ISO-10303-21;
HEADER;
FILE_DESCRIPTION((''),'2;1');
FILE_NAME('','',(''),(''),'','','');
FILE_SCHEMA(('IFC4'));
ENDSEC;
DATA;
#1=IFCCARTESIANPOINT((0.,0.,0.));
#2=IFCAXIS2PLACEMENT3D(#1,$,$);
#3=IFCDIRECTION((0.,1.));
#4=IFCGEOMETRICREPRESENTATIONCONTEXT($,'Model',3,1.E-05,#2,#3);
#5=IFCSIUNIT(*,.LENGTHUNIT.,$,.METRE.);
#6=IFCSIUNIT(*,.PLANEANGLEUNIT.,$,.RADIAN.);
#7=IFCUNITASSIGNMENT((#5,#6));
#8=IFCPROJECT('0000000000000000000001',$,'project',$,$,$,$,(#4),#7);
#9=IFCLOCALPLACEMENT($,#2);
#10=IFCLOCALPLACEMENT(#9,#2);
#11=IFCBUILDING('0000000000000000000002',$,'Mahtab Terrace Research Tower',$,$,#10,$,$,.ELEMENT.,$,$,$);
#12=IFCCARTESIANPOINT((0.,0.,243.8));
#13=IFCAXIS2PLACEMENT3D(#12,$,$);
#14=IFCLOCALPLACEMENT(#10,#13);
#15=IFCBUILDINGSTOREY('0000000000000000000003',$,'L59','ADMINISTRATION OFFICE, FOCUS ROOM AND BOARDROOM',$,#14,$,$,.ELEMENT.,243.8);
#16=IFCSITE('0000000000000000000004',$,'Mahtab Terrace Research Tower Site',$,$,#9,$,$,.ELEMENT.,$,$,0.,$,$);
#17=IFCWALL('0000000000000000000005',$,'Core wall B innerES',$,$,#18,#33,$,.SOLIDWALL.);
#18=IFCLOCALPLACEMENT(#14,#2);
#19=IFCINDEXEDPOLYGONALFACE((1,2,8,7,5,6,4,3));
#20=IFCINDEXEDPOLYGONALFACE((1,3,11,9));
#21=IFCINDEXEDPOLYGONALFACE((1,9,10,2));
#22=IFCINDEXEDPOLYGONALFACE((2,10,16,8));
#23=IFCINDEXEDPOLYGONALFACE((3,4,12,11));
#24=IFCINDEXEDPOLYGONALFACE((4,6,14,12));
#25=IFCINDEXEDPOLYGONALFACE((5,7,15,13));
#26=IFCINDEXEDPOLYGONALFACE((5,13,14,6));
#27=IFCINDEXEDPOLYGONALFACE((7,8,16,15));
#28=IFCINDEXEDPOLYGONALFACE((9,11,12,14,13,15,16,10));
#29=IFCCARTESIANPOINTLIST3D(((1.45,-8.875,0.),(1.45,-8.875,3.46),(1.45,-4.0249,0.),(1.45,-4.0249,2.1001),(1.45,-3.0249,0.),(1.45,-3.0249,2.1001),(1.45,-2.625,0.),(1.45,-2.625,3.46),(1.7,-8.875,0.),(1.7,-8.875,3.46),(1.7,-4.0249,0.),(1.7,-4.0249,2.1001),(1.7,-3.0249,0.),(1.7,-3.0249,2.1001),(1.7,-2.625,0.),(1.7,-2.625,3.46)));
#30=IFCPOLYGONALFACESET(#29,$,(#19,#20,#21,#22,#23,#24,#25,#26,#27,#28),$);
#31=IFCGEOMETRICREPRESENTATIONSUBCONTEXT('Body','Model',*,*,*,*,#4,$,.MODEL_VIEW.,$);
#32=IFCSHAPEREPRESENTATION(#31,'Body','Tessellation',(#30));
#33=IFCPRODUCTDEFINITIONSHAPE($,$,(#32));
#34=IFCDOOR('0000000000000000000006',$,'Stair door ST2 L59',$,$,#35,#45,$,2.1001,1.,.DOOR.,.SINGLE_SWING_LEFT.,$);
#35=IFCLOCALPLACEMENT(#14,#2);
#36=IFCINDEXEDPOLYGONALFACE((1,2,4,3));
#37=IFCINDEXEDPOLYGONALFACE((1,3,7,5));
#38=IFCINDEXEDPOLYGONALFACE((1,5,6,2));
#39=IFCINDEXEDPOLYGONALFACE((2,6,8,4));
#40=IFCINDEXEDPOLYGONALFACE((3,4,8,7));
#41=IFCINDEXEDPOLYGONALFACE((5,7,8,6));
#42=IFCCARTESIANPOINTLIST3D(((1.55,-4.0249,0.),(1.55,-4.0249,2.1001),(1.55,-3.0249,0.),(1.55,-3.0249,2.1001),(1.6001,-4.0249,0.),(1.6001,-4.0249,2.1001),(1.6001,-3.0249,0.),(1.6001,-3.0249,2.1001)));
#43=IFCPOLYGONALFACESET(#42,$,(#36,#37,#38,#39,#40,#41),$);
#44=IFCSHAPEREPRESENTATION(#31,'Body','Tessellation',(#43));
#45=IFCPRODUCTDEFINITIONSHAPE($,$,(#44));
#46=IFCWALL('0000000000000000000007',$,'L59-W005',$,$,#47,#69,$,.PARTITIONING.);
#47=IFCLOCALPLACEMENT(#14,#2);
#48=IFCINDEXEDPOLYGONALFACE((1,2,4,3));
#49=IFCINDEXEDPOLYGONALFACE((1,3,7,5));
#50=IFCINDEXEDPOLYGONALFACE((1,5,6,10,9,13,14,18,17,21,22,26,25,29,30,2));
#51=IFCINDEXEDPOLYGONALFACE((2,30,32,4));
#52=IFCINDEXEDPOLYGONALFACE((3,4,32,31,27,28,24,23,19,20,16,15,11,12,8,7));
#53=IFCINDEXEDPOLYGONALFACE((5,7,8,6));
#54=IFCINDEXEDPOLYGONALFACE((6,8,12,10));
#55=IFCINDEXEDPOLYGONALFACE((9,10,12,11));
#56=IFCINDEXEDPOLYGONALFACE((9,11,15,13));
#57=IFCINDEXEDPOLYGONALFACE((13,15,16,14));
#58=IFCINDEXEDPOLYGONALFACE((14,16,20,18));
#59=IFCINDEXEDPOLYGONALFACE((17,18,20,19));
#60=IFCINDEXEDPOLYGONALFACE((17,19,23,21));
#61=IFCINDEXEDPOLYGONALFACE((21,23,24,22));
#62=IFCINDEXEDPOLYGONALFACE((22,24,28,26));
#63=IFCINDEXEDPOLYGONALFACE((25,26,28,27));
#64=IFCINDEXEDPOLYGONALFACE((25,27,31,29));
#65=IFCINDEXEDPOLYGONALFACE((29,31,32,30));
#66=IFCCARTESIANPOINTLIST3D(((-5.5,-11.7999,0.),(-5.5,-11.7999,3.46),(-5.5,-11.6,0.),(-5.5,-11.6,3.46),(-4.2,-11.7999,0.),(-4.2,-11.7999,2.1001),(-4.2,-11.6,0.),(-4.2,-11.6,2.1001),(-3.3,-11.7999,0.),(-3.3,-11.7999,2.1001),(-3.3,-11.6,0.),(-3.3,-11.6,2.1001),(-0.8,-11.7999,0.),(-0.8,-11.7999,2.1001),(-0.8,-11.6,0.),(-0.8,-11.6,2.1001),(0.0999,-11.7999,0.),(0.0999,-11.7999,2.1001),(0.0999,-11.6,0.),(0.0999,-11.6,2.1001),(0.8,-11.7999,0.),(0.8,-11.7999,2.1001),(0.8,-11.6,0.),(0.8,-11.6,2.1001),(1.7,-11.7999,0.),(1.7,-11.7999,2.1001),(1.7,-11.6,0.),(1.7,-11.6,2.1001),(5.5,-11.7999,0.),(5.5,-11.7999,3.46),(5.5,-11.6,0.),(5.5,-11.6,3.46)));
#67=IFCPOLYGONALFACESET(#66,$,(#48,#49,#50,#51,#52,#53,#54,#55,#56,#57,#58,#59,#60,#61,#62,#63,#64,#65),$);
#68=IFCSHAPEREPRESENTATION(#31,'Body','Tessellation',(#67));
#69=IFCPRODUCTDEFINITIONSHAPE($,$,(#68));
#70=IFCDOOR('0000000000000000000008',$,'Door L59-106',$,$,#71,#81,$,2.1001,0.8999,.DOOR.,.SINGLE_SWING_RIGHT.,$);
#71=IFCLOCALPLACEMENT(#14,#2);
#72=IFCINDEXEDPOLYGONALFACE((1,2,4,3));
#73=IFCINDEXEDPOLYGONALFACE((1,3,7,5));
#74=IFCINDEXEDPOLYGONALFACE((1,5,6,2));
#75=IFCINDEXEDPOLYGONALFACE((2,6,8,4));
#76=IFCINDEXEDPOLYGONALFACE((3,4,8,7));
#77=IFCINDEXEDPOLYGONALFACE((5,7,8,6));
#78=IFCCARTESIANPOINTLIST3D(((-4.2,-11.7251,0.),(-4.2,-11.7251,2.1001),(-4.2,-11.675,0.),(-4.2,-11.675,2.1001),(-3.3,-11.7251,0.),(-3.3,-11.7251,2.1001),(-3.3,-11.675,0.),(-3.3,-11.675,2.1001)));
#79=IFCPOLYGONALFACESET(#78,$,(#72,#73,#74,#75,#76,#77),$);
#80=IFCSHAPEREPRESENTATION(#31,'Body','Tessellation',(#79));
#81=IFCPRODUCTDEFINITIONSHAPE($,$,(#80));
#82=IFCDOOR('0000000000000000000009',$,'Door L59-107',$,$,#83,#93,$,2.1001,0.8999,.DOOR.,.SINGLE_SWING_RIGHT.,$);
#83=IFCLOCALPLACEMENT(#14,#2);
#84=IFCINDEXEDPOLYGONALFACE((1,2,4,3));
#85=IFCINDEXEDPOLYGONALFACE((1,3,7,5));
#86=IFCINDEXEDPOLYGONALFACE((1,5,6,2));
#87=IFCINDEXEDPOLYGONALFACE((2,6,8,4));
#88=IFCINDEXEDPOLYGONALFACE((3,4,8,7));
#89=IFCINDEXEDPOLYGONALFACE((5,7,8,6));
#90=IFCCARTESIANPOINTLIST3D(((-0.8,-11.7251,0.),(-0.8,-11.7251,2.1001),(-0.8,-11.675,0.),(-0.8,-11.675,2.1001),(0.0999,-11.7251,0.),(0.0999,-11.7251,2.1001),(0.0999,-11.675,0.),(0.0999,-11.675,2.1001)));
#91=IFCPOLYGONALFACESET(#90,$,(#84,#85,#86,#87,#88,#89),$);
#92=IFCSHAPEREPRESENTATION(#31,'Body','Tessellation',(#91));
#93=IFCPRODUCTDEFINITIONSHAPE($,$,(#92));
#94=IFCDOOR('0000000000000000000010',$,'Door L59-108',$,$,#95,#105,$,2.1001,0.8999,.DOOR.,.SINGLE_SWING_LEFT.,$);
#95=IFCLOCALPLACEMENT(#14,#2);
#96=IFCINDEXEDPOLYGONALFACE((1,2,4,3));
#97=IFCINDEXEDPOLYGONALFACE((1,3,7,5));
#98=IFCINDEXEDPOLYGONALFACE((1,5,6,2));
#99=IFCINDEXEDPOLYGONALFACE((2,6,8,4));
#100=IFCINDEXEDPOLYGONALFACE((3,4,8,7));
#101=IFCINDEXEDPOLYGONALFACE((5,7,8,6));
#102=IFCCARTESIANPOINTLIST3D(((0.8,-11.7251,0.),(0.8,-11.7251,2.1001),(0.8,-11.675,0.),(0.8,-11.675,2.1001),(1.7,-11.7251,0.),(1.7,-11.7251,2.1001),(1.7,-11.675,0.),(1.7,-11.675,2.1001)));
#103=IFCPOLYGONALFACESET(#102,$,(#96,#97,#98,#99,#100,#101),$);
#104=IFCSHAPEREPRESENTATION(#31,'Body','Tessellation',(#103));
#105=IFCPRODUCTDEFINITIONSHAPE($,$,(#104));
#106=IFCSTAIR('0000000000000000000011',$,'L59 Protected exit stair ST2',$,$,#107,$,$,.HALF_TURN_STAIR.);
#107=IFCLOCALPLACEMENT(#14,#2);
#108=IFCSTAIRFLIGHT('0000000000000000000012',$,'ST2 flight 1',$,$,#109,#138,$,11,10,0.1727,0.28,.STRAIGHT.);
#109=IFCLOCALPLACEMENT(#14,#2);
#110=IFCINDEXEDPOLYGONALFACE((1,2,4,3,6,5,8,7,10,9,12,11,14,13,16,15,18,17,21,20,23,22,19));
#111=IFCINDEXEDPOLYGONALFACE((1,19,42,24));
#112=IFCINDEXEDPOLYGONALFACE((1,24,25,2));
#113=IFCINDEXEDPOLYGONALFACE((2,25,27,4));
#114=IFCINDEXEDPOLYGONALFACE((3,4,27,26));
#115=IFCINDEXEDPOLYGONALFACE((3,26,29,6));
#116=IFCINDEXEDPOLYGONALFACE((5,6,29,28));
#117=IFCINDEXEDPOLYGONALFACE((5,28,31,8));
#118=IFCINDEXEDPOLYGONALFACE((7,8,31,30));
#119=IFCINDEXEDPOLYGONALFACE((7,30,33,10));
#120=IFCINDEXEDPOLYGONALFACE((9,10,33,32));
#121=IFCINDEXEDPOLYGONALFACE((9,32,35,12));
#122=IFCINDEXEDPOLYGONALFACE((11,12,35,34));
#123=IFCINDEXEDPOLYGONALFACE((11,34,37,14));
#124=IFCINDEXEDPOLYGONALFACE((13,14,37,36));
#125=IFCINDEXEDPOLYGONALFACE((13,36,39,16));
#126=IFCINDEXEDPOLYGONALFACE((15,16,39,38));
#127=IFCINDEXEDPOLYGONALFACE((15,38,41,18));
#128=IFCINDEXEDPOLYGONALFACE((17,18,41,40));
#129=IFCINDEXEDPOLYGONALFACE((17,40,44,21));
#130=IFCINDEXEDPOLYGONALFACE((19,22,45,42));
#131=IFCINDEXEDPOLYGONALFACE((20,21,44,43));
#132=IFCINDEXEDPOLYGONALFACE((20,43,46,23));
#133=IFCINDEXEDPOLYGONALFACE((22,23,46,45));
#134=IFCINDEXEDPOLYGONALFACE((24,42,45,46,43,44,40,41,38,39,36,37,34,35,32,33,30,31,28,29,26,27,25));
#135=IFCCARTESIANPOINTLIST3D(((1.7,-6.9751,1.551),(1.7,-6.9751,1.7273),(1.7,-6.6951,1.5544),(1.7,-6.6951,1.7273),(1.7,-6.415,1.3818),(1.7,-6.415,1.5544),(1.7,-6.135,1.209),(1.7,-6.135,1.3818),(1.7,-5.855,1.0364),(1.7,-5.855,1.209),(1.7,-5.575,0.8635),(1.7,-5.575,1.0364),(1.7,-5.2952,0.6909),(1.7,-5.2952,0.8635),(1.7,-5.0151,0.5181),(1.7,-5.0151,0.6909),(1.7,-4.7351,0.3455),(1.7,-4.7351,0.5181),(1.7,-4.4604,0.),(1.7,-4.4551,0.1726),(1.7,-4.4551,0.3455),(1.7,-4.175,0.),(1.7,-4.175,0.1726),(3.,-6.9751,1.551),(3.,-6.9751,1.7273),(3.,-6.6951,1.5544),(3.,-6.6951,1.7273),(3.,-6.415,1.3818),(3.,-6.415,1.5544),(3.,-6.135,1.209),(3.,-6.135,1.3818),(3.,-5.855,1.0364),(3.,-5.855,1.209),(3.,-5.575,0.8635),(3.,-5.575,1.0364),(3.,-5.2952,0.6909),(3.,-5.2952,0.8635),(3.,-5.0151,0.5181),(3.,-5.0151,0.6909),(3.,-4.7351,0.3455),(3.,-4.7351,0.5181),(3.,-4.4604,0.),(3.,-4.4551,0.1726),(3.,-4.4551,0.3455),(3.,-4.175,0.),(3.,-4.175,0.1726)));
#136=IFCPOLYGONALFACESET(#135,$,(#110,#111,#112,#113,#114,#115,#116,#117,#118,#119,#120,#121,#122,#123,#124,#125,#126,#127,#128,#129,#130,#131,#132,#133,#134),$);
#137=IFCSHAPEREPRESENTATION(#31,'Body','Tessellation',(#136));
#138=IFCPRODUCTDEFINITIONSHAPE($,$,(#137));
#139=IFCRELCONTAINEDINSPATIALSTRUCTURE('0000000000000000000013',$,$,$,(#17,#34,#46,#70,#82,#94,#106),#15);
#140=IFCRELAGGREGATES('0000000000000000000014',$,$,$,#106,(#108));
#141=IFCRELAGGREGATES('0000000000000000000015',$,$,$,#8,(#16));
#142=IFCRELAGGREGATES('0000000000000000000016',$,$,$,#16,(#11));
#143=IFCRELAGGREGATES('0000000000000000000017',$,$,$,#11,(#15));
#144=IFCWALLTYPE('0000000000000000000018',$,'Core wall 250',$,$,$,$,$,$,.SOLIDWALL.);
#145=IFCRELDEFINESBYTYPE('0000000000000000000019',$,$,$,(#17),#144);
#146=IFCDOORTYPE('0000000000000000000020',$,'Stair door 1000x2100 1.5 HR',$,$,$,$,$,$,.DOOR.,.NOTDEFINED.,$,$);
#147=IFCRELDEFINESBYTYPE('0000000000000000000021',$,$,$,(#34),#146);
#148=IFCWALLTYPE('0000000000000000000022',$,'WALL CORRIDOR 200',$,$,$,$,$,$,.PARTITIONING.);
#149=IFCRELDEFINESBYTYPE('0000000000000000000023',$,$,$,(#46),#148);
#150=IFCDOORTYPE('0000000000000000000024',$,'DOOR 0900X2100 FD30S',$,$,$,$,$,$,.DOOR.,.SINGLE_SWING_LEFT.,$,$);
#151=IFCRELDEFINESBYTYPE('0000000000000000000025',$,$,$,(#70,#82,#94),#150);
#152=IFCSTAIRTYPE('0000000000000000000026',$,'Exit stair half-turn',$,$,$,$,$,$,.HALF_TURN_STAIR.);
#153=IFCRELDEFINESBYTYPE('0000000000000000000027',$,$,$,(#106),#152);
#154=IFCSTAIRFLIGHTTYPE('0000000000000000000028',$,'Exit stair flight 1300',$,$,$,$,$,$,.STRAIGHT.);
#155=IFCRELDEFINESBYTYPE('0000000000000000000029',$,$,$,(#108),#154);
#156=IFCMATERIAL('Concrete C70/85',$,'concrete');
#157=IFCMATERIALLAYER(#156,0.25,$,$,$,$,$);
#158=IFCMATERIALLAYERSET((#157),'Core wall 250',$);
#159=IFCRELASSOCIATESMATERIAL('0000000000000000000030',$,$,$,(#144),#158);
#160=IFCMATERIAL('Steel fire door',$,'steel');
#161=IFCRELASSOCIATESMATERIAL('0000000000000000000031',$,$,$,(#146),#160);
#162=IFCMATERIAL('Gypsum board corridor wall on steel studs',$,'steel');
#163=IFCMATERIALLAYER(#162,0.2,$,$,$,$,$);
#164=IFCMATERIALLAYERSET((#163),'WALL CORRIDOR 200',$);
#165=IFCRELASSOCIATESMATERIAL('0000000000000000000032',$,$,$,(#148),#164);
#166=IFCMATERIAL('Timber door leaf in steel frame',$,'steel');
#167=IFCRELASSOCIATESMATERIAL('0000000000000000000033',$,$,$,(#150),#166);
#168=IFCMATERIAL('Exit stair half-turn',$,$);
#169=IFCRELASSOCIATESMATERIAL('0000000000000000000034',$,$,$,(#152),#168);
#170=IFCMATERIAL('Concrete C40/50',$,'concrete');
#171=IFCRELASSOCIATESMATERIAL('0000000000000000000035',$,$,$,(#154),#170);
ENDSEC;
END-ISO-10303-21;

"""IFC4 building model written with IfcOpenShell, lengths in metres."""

from ifc_helpers import new_model, si_unit, direction, frame, frame_2d, origin, place, context, subcontext, project, spatial, polyline, rectangle, outline, extrude, material, layer, layer_set, type_object, element, fill, aggregate, save


model = new_model("IFC4")

# Units and contexts
model_context = context("Model", 3, precision=1e-05, world=origin(), true_north=direction((0.0, 1.0)))
body_context = subcontext(model_context, "Body", "Model", "MODEL_VIEW")
ifc_project = project(units=[si_unit("LENGTHUNIT", "METRE"), si_unit("PLANEANGLEUNIT", "RADIAN")], contexts=[model_context])

# Site, building, storey
site_placement = place(None, origin())
site = spatial("IfcSite", under=ifc_project, at=site_placement, Name="Mahtab Terrace Research Tower Site", CompositionType="ELEMENT", RefElevation=0.0)
building_placement = place(site_placement, origin())
building = spatial("IfcBuilding", under=site, at=building_placement, Name="Mahtab Terrace Research Tower", CompositionType="ELEMENT")
storey_placement = place(building_placement, frame((0.0, 0.0, 243.8)))
storey = spatial("IfcBuildingStorey", under=building, at=storey_placement, Name="L59", Description="ADMINISTRATION OFFICE, FOCUS ROOM AND BOARDROOM", CompositionType="ELEMENT", Elevation=243.8)

# Shared definitions
ifc_material_1 = material(Name="Concrete C70/85", Category="concrete")

# Shared definitions
ifc_layer_1 = layer(ifc_material_1, 0.25)
ifc_layer_set_1 = layer_set([ifc_layer_1], Name="Core wall 250")
wall_type_1 = type_object("IfcWallType", Name="Core wall 250", PredefinedType="SOLIDWALL", material=ifc_layer_set_1)
ifc_material_2 = material(Name="Steel fire door", Category="steel")

# Wall, opening, door
wall_1_placement = place(storey_placement, frame((1.575, -8.875, 0.0), z_axis=(0.0, 0.0, 1.0), x_axis=(0.0, 1.0, 0.0)))
wall_1 = element("IfcWall", 1, at=wall_1_placement, inside=storey, type_object=wall_type_1, Name="Core wall B innerES", PredefinedType="SOLIDWALL", context=body_context, shape_type="SweptSolid", body=[
    extrude(rectangle(XDim=6.25, YDim=0.25, at=frame_2d((3.125, 0.0))), origin(), (0.0, 0.0, 1.0), 3.46),
])
opening_1_placement = place(wall_1_placement, frame((4.8501, 0.0, 0.0)))
opening_1 = element("IfcOpeningElement", 2, at=opening_1_placement, cuts=wall_1, PredefinedType="OPENING", context=body_context, shape_type="SweptSolid", body=[
    extrude(rectangle(XDim=1.0, YDim=2.1001, at=frame_2d((0.5, 1.05))), frame((0.0, 0.135, 0.0), z_axis=(0.0, -1.0, 0.0), x_axis=(1.0, 0.0, 0.0)), (0.0, 0.0, 1.0), 0.27),
])
door_type_1 = type_object("IfcDoorType", Name="Stair door 1000x2100 1.5 HR", OperationType="NOTDEFINED", PredefinedType="DOOR", material=ifc_material_2)
door_1_placement = place(opening_1_placement, origin())
door_1 = element("IfcDoor", 3, at=door_1_placement, inside=storey, type_object=door_type_1, Name="Stair door ST2 L59", OperationType="SINGLE_SWING_LEFT", OverallHeight=2.1001, OverallWidth=1.0, PredefinedType="DOOR", context=body_context, shape_type="SweptSolid", body=[
    extrude(rectangle(XDim=1.0, YDim=2.1001, at=frame_2d((0.5, 1.05))), frame((0.0, 0.0249, 0.0), z_axis=(0.0, -1.0, 0.0), x_axis=(1.0, 0.0, 0.0)), (0.0, 0.0, 1.0), 0.05),
])
fill(opening_1, door_1)

# Wall, openings, doors
ifc_material_3 = material(Name="Gypsum board corridor wall on steel studs", Category="steel")
ifc_layer_2 = layer(ifc_material_3, 0.2)
ifc_layer_set_2 = layer_set([ifc_layer_2], Name="WALL CORRIDOR 200")
wall_type_2 = type_object("IfcWallType", Name="WALL CORRIDOR 200", PredefinedType="PARTITIONING", material=ifc_layer_set_2)
wall_2_placement = place(storey_placement, frame((-5.5, -11.7, 0.0), z_axis=(0.0, 0.0, 1.0), x_axis=(1.0, 0.0, 0.0)))
wall_2 = element("IfcWall", 4, at=wall_2_placement, inside=storey, type_object=wall_type_2, Name="L59-W005", PredefinedType="PARTITIONING", context=body_context, shape_type="SweptSolid", body=[
    extrude(rectangle(XDim=11.0, YDim=0.2, at=frame_2d((5.5, 0.0))), origin(), (0.0, 0.0, 1.0), 3.46),
])
opening_2_placement = place(wall_2_placement, frame((1.3, 0.0, 0.0)))
opening_2 = element("IfcOpeningElement", 5, at=opening_2_placement, cuts=wall_2, PredefinedType="OPENING", context=body_context, shape_type="SweptSolid", body=[
    extrude(rectangle(XDim=0.8999, YDim=2.1001, at=frame_2d((0.45, 1.05))), frame((0.0, 0.1099, 0.0), z_axis=(0.0, -1.0, 0.0), x_axis=(1.0, 0.0, 0.0)), (0.0, 0.0, 1.0), 0.22),
])
opening_3_placement = place(wall_2_placement, frame((4.7, 0.0, 0.0)))
opening_3 = element("IfcOpeningElement", 6, at=opening_3_placement, cuts=wall_2, PredefinedType="OPENING", context=body_context, shape_type="SweptSolid", body=[
    extrude(rectangle(XDim=0.8999, YDim=2.1001, at=frame_2d((0.45, 1.05))), frame((0.0, 0.1099, 0.0), z_axis=(0.0, -1.0, 0.0), x_axis=(1.0, 0.0, 0.0)), (0.0, 0.0, 1.0), 0.22),
])
opening_4_placement = place(wall_2_placement, frame((6.3, 0.0, 0.0)))
opening_4 = element("IfcOpeningElement", 7, at=opening_4_placement, cuts=wall_2, PredefinedType="OPENING", context=body_context, shape_type="SweptSolid", body=[
    extrude(rectangle(XDim=0.8999, YDim=2.1001, at=frame_2d((0.45, 1.05))), frame((0.0, 0.1099, 0.0), z_axis=(0.0, -1.0, 0.0), x_axis=(1.0, 0.0, 0.0)), (0.0, 0.0, 1.0), 0.22),
])
ifc_material_4 = material(Name="Timber door leaf in steel frame", Category="steel")
door_type_2 = type_object("IfcDoorType", Name="DOOR 0900X2100 FD30S", OperationType="SINGLE_SWING_LEFT", PredefinedType="DOOR", material=ifc_material_4)
door_2_placement = place(opening_2_placement, origin())
door_2 = element("IfcDoor", 8, at=door_2_placement, inside=storey, type_object=door_type_2, Name="Door L59-106", OperationType="SINGLE_SWING_RIGHT", OverallHeight=2.1001, OverallWidth=0.8999, PredefinedType="DOOR", context=body_context, shape_type="SweptSolid", body=[
    extrude(rectangle(XDim=0.8999, YDim=2.1001, at=frame_2d((0.45, 1.05))), frame((0.0, 0.0249, 0.0), z_axis=(0.0, -1.0, 0.0), x_axis=(1.0, 0.0, 0.0)), (0.0, 0.0, 1.0), 0.05),
])
fill(opening_2, door_2)
door_3_placement = place(opening_3_placement, origin())
door_3 = element("IfcDoor", 9, at=door_3_placement, inside=storey, type_object=door_type_2, Name="Door L59-107", OperationType="SINGLE_SWING_RIGHT", OverallHeight=2.1001, OverallWidth=0.8999, PredefinedType="DOOR", context=body_context, shape_type="SweptSolid", body=[
    extrude(rectangle(XDim=0.8999, YDim=2.1001, at=frame_2d((0.45, 1.05))), frame((0.0, 0.0249, 0.0), z_axis=(0.0, -1.0, 0.0), x_axis=(1.0, 0.0, 0.0)), (0.0, 0.0, 1.0), 0.05),
])
fill(opening_3, door_3)
door_4_placement = place(opening_4_placement, origin())
door_4 = element("IfcDoor", 10, at=door_4_placement, inside=storey, type_object=door_type_2, Name="Door L59-108", OperationType="SINGLE_SWING_LEFT", OverallHeight=2.1001, OverallWidth=0.8999, PredefinedType="DOOR", context=body_context, shape_type="SweptSolid", body=[
    extrude(rectangle(XDim=0.8999, YDim=2.1001, at=frame_2d((0.45, 1.05))), frame((0.0, 0.0249, 0.0), z_axis=(0.0, -1.0, 0.0), x_axis=(1.0, 0.0, 0.0)), (0.0, 0.0, 1.0), 0.05),
])
fill(opening_4, door_4)

# Stair, stair flight
ifc_material_5 = material(Name="Exit stair half-turn")
stair_type = type_object("IfcStairType", Name="Exit stair half-turn", PredefinedType="HALF_TURN_STAIR", material=ifc_material_5)
stair_placement = place(storey_placement, origin())
stair = element("IfcStair", 11, at=stair_placement, inside=storey, type_object=stair_type, Name="L59 Protected exit stair ST2", PredefinedType="HALF_TURN_STAIR")
ifc_material_6 = material(Name="Concrete C40/50", Category="concrete")
stair_flight_type = type_object("IfcStairFlightType", Name="Exit stair flight 1300", PredefinedType="STRAIGHT", material=ifc_material_6)
stair_flight_placement = place(storey_placement, frame((2.3501, -4.175, 0.0), z_axis=(0.0, 0.0, 1.0), x_axis=(0.0, -1.0, 0.0)))
stair_flight = element("IfcStairFlight", 12, at=stair_flight_placement, type_object=stair_flight_type, Name="ST2 flight 1", NumberOfRisers=11, NumberOfTreads=10, PredefinedType="STRAIGHT", RiserHeight=0.1727, TreadLength=0.28, context=body_context, shape_type="SweptSolid", body=[
    extrude(outline(polyline([(0.0, 0.0), (0.0, 0.1726), (0.28, 0.1726), (0.28, 0.3455), (0.5601, 0.3455), (0.5601, 0.5181), (0.8401, 0.5181), (0.8401, 0.6909), (1.1201, 0.6909), (1.1201, 0.8635), (1.3999, 0.8635), (1.3999, 1.0364), (1.6799, 1.0364), (1.6799, 1.209), (1.96, 1.209), (1.96, 1.3818), (2.24, 1.3818), (2.24, 1.5544), (2.52, 1.5544), (2.52, 1.7273), (2.8, 1.7273), (2.8, 1.8999), (2.8, 1.551), (0.2854, 0.0), (0.0, 0.0)])), frame((0.0, 0.6499, 0.0), z_axis=(0.0, -1.0, 0.0), x_axis=(1.0, 0.0, 0.0)), (0.0, 0.0, 1.0), 1.3),
])
aggregate(stair, [stair_flight])

save(model, "model.ifc")
